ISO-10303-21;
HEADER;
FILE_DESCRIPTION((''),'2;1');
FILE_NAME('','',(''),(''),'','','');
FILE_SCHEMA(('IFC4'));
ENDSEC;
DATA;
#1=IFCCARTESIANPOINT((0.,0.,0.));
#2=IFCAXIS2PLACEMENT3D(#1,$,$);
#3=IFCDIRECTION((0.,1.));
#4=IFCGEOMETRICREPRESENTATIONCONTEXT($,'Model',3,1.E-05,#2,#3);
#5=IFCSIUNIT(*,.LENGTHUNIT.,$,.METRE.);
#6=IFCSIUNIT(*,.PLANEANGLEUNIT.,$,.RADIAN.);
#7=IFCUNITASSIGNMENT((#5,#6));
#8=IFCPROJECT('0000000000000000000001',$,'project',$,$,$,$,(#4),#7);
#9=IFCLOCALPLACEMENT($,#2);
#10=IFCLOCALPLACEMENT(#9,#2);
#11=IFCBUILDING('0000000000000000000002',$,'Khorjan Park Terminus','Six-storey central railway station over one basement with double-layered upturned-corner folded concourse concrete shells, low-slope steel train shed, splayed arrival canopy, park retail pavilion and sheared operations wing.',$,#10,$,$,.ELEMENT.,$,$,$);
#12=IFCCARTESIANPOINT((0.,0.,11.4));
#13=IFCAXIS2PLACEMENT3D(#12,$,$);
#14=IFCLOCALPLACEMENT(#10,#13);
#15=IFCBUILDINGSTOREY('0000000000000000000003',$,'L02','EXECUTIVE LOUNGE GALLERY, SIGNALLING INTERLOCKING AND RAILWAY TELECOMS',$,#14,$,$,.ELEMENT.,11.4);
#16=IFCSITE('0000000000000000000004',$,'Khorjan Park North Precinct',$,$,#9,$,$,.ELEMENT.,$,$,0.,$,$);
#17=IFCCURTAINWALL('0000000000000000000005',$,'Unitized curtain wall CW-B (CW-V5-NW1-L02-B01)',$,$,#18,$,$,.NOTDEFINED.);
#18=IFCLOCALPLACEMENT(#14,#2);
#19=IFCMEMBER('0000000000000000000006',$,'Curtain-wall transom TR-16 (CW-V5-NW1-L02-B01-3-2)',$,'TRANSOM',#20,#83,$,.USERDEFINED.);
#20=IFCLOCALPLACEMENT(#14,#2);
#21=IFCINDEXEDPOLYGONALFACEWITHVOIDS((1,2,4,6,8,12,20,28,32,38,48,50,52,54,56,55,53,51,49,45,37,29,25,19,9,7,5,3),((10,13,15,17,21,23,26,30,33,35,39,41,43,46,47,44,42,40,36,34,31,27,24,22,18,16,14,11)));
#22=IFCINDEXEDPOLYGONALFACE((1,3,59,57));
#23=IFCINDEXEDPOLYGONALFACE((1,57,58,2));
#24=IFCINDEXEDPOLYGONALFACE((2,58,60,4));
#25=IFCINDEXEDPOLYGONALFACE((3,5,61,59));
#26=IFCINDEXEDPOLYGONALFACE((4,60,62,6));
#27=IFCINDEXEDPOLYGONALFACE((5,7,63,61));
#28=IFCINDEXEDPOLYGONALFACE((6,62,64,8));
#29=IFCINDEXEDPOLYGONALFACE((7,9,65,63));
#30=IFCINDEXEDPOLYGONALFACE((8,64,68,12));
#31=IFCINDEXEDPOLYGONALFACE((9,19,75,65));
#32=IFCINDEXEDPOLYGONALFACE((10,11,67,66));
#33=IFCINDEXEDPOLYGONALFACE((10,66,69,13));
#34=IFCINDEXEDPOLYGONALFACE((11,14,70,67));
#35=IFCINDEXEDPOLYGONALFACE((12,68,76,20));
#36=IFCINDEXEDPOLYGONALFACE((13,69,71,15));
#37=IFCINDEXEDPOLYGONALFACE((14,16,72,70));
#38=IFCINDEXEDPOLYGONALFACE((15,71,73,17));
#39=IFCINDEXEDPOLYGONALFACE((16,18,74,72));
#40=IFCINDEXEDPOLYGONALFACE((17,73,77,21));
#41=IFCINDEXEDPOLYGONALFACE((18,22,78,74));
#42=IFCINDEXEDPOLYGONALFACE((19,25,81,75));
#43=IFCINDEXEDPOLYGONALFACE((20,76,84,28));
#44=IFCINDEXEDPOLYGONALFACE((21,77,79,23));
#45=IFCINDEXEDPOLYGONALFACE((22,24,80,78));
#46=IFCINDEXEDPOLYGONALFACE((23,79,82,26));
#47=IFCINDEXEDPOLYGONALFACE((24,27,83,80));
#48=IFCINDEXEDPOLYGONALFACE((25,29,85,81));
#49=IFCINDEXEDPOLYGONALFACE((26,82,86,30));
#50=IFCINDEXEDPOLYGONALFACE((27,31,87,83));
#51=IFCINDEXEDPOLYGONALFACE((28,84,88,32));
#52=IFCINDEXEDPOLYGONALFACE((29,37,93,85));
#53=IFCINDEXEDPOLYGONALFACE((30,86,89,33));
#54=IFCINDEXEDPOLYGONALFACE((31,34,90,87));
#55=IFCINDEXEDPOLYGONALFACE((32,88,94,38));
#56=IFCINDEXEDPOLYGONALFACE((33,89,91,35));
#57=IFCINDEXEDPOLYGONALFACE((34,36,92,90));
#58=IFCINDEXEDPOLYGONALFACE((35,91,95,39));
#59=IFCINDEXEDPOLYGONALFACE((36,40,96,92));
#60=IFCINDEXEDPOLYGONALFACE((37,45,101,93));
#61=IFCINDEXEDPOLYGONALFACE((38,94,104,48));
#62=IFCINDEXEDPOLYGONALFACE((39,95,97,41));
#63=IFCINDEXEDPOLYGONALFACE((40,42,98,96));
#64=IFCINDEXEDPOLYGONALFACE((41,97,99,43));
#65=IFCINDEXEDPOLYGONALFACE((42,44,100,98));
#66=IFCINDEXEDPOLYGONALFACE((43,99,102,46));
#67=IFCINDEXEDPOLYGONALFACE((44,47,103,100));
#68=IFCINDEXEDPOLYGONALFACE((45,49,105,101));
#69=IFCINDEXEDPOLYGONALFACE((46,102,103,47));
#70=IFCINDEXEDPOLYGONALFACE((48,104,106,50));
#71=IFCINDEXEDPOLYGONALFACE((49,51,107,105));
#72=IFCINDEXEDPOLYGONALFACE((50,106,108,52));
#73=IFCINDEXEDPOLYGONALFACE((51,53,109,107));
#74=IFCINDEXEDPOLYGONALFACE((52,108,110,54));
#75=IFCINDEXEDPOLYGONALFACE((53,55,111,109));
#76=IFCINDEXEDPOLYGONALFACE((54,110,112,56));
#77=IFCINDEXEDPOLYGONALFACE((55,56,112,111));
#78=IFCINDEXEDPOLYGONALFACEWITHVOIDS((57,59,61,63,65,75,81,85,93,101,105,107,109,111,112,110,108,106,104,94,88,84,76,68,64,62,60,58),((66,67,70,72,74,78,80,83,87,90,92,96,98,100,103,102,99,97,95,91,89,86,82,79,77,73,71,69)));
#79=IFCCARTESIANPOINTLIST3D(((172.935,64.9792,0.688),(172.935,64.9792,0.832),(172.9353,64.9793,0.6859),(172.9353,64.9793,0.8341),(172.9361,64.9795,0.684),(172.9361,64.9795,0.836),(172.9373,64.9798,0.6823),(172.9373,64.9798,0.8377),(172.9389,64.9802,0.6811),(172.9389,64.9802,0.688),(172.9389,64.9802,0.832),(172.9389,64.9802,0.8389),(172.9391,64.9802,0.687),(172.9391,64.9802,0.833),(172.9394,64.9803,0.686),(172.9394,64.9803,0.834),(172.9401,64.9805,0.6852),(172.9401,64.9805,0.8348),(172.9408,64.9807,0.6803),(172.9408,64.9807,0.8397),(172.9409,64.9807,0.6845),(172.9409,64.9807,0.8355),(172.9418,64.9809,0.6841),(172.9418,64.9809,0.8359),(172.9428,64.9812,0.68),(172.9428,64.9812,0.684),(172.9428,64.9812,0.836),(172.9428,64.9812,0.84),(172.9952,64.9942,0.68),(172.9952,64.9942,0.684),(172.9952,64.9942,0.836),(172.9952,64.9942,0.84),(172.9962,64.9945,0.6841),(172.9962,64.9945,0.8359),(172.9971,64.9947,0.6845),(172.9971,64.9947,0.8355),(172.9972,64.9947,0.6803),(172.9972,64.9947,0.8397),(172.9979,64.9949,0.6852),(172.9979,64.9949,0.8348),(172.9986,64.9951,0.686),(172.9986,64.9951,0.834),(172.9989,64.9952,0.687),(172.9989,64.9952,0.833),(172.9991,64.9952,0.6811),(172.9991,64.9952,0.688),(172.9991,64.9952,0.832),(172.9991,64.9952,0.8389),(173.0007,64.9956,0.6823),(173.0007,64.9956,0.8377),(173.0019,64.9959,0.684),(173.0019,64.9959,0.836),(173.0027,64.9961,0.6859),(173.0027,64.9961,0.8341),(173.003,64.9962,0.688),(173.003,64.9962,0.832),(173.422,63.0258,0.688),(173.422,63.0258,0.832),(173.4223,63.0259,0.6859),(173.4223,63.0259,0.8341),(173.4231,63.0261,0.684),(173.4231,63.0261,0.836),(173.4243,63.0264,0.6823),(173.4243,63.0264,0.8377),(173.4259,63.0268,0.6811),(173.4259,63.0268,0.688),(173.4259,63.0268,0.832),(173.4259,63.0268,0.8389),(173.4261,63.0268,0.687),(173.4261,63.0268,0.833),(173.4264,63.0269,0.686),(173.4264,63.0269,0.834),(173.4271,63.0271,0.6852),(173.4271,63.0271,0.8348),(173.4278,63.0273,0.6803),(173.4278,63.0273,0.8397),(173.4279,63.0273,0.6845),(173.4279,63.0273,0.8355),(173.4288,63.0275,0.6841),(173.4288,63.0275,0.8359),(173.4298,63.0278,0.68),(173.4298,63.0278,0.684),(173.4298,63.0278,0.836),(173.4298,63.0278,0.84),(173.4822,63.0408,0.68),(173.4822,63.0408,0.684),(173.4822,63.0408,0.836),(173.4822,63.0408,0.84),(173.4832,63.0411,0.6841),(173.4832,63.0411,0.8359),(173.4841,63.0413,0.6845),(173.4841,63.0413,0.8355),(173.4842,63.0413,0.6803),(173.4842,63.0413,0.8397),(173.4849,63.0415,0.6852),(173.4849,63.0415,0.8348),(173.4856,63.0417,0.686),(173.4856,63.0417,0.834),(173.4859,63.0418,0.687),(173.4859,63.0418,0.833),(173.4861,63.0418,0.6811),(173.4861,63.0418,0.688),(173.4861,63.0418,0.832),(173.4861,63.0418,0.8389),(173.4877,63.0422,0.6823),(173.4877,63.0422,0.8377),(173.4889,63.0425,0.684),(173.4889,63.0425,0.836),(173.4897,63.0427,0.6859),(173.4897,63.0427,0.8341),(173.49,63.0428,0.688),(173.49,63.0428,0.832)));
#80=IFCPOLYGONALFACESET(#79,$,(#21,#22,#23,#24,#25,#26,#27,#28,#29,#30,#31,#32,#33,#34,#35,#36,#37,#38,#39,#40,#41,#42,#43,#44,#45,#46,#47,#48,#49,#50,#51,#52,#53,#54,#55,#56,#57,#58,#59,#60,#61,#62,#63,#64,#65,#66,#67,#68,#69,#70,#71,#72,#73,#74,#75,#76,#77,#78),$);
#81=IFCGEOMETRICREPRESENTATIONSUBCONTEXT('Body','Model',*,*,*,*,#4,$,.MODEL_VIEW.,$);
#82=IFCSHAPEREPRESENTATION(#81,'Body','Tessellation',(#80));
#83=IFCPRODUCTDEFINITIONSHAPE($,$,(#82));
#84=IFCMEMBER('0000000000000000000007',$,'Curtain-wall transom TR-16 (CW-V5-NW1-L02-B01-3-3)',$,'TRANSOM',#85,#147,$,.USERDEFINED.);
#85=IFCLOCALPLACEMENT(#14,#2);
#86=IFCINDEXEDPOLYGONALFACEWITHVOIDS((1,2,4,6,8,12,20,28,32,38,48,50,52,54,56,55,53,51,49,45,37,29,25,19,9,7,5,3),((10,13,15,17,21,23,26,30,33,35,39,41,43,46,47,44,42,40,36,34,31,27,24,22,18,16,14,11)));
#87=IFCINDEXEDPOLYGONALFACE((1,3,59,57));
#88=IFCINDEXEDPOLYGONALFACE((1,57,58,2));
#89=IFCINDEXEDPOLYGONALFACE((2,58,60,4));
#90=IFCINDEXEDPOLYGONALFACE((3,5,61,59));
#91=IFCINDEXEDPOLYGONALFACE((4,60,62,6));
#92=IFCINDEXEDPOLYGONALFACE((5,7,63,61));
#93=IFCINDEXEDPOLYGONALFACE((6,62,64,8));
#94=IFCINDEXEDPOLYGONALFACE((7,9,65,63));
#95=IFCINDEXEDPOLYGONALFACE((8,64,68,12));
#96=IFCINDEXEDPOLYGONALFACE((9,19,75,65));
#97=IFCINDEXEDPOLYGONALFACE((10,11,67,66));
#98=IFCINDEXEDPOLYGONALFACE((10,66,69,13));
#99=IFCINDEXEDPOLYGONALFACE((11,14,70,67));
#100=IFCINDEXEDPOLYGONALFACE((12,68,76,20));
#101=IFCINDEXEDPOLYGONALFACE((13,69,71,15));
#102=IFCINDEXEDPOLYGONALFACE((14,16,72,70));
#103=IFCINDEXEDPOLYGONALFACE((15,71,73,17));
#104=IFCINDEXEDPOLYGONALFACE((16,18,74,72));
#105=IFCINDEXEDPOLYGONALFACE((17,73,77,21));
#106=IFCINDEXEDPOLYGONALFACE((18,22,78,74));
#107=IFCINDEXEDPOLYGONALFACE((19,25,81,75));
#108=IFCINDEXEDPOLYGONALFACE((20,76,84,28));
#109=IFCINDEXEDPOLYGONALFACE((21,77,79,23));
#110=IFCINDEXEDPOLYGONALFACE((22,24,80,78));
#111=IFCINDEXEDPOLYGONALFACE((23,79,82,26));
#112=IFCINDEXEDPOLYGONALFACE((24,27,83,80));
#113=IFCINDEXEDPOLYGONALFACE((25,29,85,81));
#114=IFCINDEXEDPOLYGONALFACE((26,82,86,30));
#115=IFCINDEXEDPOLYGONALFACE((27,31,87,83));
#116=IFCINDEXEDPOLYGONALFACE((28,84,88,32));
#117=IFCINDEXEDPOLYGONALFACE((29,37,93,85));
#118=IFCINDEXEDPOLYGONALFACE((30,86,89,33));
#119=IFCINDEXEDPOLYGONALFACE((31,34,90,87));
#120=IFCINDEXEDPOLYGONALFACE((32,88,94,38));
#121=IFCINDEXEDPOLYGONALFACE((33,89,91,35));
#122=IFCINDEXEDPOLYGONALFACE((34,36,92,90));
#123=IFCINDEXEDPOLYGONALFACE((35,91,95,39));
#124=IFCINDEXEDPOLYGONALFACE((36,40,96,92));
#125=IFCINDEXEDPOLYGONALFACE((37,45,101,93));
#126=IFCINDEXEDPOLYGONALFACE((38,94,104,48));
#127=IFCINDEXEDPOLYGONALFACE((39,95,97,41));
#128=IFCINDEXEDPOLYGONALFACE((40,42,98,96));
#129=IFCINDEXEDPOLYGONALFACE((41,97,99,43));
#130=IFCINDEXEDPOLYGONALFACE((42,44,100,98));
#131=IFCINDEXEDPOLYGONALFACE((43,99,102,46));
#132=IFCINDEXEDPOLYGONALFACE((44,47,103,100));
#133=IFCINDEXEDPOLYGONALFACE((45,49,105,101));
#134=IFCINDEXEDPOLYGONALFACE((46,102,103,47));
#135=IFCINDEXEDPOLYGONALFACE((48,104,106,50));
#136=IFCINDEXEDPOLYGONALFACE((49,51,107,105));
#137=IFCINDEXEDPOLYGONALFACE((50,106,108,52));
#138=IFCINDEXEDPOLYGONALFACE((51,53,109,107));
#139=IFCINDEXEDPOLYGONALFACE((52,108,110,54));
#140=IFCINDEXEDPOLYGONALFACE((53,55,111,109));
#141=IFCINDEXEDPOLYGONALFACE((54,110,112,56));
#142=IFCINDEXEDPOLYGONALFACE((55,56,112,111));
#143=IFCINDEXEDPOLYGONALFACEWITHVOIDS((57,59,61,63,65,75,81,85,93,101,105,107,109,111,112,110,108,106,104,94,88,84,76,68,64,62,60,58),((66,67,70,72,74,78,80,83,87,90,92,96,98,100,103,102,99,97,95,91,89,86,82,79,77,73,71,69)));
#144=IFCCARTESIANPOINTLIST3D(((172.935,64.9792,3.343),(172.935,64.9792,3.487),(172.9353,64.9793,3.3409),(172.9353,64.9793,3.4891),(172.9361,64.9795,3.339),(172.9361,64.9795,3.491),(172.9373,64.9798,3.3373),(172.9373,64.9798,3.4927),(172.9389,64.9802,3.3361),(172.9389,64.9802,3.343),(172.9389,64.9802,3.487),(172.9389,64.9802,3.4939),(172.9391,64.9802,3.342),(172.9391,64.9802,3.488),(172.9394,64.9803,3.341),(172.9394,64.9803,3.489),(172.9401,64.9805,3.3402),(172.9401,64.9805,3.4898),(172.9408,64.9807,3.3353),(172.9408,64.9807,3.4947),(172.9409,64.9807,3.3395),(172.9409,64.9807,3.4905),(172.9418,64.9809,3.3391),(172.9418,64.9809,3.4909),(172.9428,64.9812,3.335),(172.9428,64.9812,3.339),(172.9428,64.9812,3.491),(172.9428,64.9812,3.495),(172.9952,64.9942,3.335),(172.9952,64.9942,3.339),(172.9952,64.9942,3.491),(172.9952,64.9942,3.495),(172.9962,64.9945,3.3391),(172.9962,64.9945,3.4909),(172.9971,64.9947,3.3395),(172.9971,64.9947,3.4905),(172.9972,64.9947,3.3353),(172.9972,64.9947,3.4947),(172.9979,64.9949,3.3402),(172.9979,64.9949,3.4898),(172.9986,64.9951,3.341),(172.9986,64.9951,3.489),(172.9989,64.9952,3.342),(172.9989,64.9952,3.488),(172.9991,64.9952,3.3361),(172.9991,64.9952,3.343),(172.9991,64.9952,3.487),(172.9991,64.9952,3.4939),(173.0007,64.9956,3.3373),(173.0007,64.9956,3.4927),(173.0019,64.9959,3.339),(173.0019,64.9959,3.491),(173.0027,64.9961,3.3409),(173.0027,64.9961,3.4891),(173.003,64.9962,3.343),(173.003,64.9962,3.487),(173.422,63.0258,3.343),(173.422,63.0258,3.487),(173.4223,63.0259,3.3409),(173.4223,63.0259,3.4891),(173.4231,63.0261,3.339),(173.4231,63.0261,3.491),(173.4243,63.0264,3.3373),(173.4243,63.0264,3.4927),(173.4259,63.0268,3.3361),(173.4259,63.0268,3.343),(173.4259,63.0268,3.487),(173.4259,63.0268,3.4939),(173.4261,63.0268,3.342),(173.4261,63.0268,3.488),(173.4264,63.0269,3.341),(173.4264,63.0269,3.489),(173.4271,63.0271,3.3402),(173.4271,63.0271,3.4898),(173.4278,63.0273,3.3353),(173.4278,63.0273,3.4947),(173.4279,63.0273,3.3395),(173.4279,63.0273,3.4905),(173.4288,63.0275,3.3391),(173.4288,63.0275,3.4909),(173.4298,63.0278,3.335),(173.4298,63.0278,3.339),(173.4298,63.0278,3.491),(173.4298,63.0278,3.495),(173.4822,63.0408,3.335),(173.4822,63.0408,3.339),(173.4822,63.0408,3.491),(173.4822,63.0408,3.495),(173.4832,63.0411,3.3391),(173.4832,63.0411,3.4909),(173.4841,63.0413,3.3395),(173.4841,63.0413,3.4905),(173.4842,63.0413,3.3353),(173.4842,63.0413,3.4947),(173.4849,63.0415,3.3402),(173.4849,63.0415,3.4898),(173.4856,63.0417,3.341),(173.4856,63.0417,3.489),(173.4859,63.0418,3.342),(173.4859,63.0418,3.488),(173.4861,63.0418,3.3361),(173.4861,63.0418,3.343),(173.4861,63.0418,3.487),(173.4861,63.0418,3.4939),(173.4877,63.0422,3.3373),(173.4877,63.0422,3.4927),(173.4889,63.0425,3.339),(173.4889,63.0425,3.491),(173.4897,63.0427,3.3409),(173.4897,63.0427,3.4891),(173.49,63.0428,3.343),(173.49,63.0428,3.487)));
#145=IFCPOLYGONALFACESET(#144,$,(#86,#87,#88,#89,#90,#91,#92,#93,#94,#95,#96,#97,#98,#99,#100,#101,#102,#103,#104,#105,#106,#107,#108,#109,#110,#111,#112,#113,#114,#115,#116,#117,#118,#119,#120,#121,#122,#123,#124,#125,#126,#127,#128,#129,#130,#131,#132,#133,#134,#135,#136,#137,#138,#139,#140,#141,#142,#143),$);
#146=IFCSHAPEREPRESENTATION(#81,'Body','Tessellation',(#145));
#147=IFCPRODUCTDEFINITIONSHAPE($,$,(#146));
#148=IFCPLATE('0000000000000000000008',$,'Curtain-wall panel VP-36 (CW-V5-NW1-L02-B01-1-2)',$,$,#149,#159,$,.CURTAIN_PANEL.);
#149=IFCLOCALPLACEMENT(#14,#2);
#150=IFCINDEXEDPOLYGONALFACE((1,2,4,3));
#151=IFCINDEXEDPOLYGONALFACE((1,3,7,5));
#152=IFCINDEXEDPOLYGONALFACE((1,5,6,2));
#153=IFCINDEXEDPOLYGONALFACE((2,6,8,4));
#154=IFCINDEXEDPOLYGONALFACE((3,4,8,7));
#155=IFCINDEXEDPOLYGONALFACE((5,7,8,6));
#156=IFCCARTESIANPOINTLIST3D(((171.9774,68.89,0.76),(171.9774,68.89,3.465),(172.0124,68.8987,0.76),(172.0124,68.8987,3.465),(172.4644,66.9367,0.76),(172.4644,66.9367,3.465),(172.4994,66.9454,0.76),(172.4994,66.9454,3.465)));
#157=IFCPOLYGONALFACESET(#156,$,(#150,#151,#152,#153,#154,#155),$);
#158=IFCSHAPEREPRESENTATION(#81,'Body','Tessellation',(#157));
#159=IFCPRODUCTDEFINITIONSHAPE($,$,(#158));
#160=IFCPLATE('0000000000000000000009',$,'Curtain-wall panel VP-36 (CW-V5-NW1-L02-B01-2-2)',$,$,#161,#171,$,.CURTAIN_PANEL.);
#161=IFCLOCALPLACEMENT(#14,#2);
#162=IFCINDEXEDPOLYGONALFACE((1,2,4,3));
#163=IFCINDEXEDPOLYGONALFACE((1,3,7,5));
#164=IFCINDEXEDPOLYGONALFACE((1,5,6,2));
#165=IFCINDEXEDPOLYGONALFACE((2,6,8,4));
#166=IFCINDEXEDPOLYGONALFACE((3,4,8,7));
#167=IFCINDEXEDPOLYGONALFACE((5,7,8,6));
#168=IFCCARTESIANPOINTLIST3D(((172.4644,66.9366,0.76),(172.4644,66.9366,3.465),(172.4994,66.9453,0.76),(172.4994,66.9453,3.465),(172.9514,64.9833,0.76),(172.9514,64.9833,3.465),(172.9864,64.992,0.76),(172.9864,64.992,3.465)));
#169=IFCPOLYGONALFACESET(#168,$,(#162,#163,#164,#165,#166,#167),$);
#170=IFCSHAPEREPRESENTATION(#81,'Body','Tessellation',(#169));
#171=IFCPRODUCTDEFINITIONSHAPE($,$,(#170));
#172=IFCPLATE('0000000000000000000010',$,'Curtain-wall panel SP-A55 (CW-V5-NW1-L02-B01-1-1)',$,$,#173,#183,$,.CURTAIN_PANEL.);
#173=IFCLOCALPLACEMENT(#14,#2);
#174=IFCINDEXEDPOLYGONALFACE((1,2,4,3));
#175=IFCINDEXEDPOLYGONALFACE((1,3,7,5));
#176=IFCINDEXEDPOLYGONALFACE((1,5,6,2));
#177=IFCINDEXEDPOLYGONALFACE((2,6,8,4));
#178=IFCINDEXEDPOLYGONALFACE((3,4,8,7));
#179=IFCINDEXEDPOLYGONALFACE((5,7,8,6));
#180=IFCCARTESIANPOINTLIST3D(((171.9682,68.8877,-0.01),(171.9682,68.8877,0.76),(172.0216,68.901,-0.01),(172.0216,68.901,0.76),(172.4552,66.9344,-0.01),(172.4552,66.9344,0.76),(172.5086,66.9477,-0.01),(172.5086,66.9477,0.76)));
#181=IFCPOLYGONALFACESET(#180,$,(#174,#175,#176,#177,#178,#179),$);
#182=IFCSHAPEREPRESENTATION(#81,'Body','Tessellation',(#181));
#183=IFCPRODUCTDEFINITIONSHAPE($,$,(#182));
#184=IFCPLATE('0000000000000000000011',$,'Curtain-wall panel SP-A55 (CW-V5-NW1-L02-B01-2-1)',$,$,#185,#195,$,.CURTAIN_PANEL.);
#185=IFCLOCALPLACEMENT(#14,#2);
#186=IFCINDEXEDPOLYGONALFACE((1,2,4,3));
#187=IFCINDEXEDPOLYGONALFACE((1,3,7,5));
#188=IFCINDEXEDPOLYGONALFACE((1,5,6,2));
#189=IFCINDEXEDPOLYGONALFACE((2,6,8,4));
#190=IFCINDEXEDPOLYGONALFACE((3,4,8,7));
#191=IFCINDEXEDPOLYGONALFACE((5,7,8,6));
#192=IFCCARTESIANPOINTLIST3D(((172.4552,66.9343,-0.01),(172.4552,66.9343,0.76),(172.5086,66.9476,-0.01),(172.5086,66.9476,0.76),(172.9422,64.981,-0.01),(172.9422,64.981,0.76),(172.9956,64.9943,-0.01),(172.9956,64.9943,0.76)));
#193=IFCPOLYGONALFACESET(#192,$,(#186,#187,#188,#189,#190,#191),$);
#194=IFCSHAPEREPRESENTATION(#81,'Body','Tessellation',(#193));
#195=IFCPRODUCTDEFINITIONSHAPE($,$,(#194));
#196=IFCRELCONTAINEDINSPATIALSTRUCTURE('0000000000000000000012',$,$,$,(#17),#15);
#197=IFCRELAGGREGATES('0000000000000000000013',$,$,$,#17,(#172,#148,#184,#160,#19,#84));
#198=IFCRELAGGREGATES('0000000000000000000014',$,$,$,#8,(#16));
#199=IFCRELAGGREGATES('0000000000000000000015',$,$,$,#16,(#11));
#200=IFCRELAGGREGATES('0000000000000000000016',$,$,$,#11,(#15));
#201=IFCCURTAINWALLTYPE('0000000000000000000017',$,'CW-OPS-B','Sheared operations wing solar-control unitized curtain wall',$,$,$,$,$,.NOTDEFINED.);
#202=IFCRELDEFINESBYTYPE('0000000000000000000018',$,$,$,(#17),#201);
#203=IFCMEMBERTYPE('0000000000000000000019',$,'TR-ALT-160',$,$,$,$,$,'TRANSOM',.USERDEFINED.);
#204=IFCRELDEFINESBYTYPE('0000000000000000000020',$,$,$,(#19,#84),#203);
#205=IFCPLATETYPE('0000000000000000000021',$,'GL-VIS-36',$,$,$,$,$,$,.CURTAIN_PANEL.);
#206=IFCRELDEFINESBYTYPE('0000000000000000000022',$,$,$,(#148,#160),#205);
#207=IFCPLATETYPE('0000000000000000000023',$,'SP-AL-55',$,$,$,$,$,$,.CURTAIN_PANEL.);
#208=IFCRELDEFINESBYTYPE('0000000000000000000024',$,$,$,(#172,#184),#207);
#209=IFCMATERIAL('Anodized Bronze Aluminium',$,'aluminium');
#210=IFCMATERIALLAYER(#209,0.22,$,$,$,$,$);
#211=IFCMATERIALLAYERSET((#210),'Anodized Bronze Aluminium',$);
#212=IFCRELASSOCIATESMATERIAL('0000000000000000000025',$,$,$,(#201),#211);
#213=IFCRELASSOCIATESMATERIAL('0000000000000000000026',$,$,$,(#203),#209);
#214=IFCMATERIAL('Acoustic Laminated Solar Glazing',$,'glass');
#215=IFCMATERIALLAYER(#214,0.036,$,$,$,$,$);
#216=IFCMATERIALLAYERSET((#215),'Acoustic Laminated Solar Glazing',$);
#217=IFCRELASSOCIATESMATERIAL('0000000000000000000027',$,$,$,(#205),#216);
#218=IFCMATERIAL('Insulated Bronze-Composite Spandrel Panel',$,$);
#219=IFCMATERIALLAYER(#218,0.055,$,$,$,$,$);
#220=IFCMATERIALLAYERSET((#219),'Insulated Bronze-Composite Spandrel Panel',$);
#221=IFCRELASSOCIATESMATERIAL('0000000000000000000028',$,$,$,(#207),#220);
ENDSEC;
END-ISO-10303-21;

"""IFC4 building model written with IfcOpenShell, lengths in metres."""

from ifc_helpers import new_model, si_unit, direction, frame, origin, origin_2d, place, context, subcontext, project, spatial, rectangle, hollow_rectangle, extrude, material, layer, layer_set, material_profile, profile_set, type_object, element, aggregate, save


model = new_model("IFC4")

# Units and contexts
model_context = context("Model", 3, precision=1e-05, world=origin(), true_north=direction((0.0, 1.0)))
body_context = subcontext(model_context, "Body", "Model", "MODEL_VIEW")
ifc_project = project(units=[si_unit("LENGTHUNIT", "METRE"), si_unit("PLANEANGLEUNIT", "RADIAN")], contexts=[model_context])

# Site, building, storey
site_placement = place(None, origin())
site = spatial("IfcSite", under=ifc_project, at=site_placement, Name="Khorjan Park North Precinct", CompositionType="ELEMENT", RefElevation=0.0)
building_placement = place(site_placement, origin())
building = spatial("IfcBuilding", under=site, at=building_placement, Name="Khorjan Park Terminus", Description="Six-storey central railway station over one basement with double-layered upturned-corner folded concourse concrete shells, low-slope steel train shed, splayed arrival canopy, park retail pavilion and sheared operations wing.", CompositionType="ELEMENT")
storey_placement = place(building_placement, frame((0.0, 0.0, 11.4)))
storey = spatial("IfcBuildingStorey", under=building, at=storey_placement, Name="L02", Description="EXECUTIVE LOUNGE GALLERY, SIGNALLING INTERLOCKING AND RAILWAY TELECOMS", CompositionType="ELEMENT", Elevation=11.4)

# Curtain wall, members, plates
ifc_material_1 = material(Name="Anodized Bronze Aluminium", Category="aluminium")
ifc_layer_1 = layer(ifc_material_1, 0.22)
ifc_layer_set_1 = layer_set([ifc_layer_1], Name="Anodized Bronze Aluminium")
curtain_wall_type = type_object("IfcCurtainWallType", Name="CW-OPS-B", Description="Sheared operations wing solar-control unitized curtain wall", PredefinedType="NOTDEFINED", material=ifc_layer_set_1)
curtain_wall_placement = place(storey_placement, origin())
curtain_wall = element("IfcCurtainWall", 1, at=curtain_wall_placement, inside=storey, type_object=curtain_wall_type, Name="Unitized curtain wall CW-B (CW-V5-NW1-L02-B01)", PredefinedType="NOTDEFINED")
ifc_material_profile_1 = material_profile(ifc_material_1, hollow_rectangle(XDim=0.07, YDim=0.16, WallThickness=0.004, InnerFilletRadius=0.004, OuterFilletRadius=0.008, at=origin_2d()), Name="ALT 70x160x4")
ifc_profile_set_1 = profile_set([ifc_material_profile_1], Name="Anodized Bronze Aluminium")
member_type_1 = type_object("IfcMemberType", Name="TR-ALT-160", ElementType="TRANSOM", PredefinedType="USERDEFINED", material=ifc_profile_set_1)
member_1_placement = place(storey_placement, frame((172.969, 64.9877, 0.76), z_axis=(0.241904, -0.9703, 0.0), x_axis=(0.9703, 0.241904, 0.0)))
member_1 = element("IfcMember", 2, at=member_1_placement, type_object=member_type_1, Name="Curtain-wall transom TR-16 (CW-V5-NW1-L02-B01-3-2)", ObjectType="TRANSOM", PredefinedType="USERDEFINED", context=body_context, shape_type="SweptSolid", body=[
    extrude(hollow_rectangle(XDim=0.07, YDim=0.16, WallThickness=0.004, InnerFilletRadius=0.004, OuterFilletRadius=0.008, at=origin_2d()), origin(), (0.0, 0.0, 1.0), 2.0132),
])
member_2_placement = place(storey_placement, frame((172.969, 64.9877, 3.415), z_axis=(0.241904, -0.9703, 0.0), x_axis=(0.9703, 0.241904, 0.0)))
member_2 = element("IfcMember", 3, at=member_2_placement, type_object=member_type_1, Name="Curtain-wall transom TR-16 (CW-V5-NW1-L02-B01-3-3)", ObjectType="TRANSOM", PredefinedType="USERDEFINED", context=body_context, shape_type="SweptSolid", body=[
    extrude(hollow_rectangle(XDim=0.07, YDim=0.16, WallThickness=0.004, InnerFilletRadius=0.004, OuterFilletRadius=0.008, at=origin_2d()), origin(), (0.0, 0.0, 1.0), 2.0132),
])
ifc_material_2 = material(Name="Acoustic Laminated Solar Glazing", Category="glass")
ifc_layer_2 = layer(ifc_material_2, 0.036)
ifc_layer_set_2 = layer_set([ifc_layer_2], Name="Acoustic Laminated Solar Glazing")
plate_type_1 = type_object("IfcPlateType", Name="GL-VIS-36", PredefinedType="CURTAIN_PANEL", material=ifc_layer_set_2)
plate_1_placement = place(storey_placement, frame((172.2384, 67.9177, 0.76), z_axis=(0.0, 0.0, 1.0), x_axis=(0.241921, -0.970296, 0.0)))
plate_1 = element("IfcPlate", 4, at=plate_1_placement, type_object=plate_type_1, Name="Curtain-wall panel VP-36 (CW-V5-NW1-L02-B01-1-2)", PredefinedType="CURTAIN_PANEL", context=body_context, shape_type="SweptSolid", body=[
    extrude(rectangle(XDim=2.0131, YDim=0.036, at=origin_2d()), origin(), (0.0, 0.0, 1.0), 2.705),
])
plate_2_placement = place(storey_placement, frame((172.7254, 65.9643, 0.76), z_axis=(0.0, 0.0, 1.0), x_axis=(0.241921, -0.970296, 0.0)))
plate_2 = element("IfcPlate", 5, at=plate_2_placement, type_object=plate_type_1, Name="Curtain-wall panel VP-36 (CW-V5-NW1-L02-B01-2-2)", PredefinedType="CURTAIN_PANEL", context=body_context, shape_type="SweptSolid", body=[
    extrude(rectangle(XDim=2.0131, YDim=0.036, at=origin_2d()), origin(), (0.0, 0.0, 1.0), 2.705),
])
ifc_material_3 = material(Name="Insulated Bronze-Composite Spandrel Panel")
ifc_layer_3 = layer(ifc_material_3, 0.055)
ifc_layer_set_3 = layer_set([ifc_layer_3], Name="Insulated Bronze-Composite Spandrel Panel")
plate_type_2 = type_object("IfcPlateType", Name="SP-AL-55", PredefinedType="CURTAIN_PANEL", material=ifc_layer_set_3)
plate_3_placement = place(storey_placement, frame((172.2384, 67.9177, -0.01), z_axis=(0.0, 0.0, 1.0), x_axis=(0.241921, -0.970296, 0.0)))
plate_3 = element("IfcPlate", 6, at=plate_3_placement, type_object=plate_type_2, Name="Curtain-wall panel SP-A55 (CW-V5-NW1-L02-B01-1-1)", PredefinedType="CURTAIN_PANEL", context=body_context, shape_type="SweptSolid", body=[
    extrude(rectangle(XDim=2.0131, YDim=0.055, at=origin_2d()), origin(), (0.0, 0.0, 1.0), 0.77),
])
plate_4_placement = place(storey_placement, frame((172.7254, 65.9643, -0.01), z_axis=(0.0, 0.0, 1.0), x_axis=(0.241921, -0.970296, 0.0)))
plate_4 = element("IfcPlate", 7, at=plate_4_placement, type_object=plate_type_2, Name="Curtain-wall panel SP-A55 (CW-V5-NW1-L02-B01-2-1)", PredefinedType="CURTAIN_PANEL", context=body_context, shape_type="SweptSolid", body=[
    extrude(rectangle(XDim=2.0131, YDim=0.055, at=origin_2d()), origin(), (0.0, 0.0, 1.0), 0.77),
])
aggregate(curtain_wall, [plate_3, plate_1, plate_4, plate_2, member_1, member_2])

save(model, "model.ifc")
